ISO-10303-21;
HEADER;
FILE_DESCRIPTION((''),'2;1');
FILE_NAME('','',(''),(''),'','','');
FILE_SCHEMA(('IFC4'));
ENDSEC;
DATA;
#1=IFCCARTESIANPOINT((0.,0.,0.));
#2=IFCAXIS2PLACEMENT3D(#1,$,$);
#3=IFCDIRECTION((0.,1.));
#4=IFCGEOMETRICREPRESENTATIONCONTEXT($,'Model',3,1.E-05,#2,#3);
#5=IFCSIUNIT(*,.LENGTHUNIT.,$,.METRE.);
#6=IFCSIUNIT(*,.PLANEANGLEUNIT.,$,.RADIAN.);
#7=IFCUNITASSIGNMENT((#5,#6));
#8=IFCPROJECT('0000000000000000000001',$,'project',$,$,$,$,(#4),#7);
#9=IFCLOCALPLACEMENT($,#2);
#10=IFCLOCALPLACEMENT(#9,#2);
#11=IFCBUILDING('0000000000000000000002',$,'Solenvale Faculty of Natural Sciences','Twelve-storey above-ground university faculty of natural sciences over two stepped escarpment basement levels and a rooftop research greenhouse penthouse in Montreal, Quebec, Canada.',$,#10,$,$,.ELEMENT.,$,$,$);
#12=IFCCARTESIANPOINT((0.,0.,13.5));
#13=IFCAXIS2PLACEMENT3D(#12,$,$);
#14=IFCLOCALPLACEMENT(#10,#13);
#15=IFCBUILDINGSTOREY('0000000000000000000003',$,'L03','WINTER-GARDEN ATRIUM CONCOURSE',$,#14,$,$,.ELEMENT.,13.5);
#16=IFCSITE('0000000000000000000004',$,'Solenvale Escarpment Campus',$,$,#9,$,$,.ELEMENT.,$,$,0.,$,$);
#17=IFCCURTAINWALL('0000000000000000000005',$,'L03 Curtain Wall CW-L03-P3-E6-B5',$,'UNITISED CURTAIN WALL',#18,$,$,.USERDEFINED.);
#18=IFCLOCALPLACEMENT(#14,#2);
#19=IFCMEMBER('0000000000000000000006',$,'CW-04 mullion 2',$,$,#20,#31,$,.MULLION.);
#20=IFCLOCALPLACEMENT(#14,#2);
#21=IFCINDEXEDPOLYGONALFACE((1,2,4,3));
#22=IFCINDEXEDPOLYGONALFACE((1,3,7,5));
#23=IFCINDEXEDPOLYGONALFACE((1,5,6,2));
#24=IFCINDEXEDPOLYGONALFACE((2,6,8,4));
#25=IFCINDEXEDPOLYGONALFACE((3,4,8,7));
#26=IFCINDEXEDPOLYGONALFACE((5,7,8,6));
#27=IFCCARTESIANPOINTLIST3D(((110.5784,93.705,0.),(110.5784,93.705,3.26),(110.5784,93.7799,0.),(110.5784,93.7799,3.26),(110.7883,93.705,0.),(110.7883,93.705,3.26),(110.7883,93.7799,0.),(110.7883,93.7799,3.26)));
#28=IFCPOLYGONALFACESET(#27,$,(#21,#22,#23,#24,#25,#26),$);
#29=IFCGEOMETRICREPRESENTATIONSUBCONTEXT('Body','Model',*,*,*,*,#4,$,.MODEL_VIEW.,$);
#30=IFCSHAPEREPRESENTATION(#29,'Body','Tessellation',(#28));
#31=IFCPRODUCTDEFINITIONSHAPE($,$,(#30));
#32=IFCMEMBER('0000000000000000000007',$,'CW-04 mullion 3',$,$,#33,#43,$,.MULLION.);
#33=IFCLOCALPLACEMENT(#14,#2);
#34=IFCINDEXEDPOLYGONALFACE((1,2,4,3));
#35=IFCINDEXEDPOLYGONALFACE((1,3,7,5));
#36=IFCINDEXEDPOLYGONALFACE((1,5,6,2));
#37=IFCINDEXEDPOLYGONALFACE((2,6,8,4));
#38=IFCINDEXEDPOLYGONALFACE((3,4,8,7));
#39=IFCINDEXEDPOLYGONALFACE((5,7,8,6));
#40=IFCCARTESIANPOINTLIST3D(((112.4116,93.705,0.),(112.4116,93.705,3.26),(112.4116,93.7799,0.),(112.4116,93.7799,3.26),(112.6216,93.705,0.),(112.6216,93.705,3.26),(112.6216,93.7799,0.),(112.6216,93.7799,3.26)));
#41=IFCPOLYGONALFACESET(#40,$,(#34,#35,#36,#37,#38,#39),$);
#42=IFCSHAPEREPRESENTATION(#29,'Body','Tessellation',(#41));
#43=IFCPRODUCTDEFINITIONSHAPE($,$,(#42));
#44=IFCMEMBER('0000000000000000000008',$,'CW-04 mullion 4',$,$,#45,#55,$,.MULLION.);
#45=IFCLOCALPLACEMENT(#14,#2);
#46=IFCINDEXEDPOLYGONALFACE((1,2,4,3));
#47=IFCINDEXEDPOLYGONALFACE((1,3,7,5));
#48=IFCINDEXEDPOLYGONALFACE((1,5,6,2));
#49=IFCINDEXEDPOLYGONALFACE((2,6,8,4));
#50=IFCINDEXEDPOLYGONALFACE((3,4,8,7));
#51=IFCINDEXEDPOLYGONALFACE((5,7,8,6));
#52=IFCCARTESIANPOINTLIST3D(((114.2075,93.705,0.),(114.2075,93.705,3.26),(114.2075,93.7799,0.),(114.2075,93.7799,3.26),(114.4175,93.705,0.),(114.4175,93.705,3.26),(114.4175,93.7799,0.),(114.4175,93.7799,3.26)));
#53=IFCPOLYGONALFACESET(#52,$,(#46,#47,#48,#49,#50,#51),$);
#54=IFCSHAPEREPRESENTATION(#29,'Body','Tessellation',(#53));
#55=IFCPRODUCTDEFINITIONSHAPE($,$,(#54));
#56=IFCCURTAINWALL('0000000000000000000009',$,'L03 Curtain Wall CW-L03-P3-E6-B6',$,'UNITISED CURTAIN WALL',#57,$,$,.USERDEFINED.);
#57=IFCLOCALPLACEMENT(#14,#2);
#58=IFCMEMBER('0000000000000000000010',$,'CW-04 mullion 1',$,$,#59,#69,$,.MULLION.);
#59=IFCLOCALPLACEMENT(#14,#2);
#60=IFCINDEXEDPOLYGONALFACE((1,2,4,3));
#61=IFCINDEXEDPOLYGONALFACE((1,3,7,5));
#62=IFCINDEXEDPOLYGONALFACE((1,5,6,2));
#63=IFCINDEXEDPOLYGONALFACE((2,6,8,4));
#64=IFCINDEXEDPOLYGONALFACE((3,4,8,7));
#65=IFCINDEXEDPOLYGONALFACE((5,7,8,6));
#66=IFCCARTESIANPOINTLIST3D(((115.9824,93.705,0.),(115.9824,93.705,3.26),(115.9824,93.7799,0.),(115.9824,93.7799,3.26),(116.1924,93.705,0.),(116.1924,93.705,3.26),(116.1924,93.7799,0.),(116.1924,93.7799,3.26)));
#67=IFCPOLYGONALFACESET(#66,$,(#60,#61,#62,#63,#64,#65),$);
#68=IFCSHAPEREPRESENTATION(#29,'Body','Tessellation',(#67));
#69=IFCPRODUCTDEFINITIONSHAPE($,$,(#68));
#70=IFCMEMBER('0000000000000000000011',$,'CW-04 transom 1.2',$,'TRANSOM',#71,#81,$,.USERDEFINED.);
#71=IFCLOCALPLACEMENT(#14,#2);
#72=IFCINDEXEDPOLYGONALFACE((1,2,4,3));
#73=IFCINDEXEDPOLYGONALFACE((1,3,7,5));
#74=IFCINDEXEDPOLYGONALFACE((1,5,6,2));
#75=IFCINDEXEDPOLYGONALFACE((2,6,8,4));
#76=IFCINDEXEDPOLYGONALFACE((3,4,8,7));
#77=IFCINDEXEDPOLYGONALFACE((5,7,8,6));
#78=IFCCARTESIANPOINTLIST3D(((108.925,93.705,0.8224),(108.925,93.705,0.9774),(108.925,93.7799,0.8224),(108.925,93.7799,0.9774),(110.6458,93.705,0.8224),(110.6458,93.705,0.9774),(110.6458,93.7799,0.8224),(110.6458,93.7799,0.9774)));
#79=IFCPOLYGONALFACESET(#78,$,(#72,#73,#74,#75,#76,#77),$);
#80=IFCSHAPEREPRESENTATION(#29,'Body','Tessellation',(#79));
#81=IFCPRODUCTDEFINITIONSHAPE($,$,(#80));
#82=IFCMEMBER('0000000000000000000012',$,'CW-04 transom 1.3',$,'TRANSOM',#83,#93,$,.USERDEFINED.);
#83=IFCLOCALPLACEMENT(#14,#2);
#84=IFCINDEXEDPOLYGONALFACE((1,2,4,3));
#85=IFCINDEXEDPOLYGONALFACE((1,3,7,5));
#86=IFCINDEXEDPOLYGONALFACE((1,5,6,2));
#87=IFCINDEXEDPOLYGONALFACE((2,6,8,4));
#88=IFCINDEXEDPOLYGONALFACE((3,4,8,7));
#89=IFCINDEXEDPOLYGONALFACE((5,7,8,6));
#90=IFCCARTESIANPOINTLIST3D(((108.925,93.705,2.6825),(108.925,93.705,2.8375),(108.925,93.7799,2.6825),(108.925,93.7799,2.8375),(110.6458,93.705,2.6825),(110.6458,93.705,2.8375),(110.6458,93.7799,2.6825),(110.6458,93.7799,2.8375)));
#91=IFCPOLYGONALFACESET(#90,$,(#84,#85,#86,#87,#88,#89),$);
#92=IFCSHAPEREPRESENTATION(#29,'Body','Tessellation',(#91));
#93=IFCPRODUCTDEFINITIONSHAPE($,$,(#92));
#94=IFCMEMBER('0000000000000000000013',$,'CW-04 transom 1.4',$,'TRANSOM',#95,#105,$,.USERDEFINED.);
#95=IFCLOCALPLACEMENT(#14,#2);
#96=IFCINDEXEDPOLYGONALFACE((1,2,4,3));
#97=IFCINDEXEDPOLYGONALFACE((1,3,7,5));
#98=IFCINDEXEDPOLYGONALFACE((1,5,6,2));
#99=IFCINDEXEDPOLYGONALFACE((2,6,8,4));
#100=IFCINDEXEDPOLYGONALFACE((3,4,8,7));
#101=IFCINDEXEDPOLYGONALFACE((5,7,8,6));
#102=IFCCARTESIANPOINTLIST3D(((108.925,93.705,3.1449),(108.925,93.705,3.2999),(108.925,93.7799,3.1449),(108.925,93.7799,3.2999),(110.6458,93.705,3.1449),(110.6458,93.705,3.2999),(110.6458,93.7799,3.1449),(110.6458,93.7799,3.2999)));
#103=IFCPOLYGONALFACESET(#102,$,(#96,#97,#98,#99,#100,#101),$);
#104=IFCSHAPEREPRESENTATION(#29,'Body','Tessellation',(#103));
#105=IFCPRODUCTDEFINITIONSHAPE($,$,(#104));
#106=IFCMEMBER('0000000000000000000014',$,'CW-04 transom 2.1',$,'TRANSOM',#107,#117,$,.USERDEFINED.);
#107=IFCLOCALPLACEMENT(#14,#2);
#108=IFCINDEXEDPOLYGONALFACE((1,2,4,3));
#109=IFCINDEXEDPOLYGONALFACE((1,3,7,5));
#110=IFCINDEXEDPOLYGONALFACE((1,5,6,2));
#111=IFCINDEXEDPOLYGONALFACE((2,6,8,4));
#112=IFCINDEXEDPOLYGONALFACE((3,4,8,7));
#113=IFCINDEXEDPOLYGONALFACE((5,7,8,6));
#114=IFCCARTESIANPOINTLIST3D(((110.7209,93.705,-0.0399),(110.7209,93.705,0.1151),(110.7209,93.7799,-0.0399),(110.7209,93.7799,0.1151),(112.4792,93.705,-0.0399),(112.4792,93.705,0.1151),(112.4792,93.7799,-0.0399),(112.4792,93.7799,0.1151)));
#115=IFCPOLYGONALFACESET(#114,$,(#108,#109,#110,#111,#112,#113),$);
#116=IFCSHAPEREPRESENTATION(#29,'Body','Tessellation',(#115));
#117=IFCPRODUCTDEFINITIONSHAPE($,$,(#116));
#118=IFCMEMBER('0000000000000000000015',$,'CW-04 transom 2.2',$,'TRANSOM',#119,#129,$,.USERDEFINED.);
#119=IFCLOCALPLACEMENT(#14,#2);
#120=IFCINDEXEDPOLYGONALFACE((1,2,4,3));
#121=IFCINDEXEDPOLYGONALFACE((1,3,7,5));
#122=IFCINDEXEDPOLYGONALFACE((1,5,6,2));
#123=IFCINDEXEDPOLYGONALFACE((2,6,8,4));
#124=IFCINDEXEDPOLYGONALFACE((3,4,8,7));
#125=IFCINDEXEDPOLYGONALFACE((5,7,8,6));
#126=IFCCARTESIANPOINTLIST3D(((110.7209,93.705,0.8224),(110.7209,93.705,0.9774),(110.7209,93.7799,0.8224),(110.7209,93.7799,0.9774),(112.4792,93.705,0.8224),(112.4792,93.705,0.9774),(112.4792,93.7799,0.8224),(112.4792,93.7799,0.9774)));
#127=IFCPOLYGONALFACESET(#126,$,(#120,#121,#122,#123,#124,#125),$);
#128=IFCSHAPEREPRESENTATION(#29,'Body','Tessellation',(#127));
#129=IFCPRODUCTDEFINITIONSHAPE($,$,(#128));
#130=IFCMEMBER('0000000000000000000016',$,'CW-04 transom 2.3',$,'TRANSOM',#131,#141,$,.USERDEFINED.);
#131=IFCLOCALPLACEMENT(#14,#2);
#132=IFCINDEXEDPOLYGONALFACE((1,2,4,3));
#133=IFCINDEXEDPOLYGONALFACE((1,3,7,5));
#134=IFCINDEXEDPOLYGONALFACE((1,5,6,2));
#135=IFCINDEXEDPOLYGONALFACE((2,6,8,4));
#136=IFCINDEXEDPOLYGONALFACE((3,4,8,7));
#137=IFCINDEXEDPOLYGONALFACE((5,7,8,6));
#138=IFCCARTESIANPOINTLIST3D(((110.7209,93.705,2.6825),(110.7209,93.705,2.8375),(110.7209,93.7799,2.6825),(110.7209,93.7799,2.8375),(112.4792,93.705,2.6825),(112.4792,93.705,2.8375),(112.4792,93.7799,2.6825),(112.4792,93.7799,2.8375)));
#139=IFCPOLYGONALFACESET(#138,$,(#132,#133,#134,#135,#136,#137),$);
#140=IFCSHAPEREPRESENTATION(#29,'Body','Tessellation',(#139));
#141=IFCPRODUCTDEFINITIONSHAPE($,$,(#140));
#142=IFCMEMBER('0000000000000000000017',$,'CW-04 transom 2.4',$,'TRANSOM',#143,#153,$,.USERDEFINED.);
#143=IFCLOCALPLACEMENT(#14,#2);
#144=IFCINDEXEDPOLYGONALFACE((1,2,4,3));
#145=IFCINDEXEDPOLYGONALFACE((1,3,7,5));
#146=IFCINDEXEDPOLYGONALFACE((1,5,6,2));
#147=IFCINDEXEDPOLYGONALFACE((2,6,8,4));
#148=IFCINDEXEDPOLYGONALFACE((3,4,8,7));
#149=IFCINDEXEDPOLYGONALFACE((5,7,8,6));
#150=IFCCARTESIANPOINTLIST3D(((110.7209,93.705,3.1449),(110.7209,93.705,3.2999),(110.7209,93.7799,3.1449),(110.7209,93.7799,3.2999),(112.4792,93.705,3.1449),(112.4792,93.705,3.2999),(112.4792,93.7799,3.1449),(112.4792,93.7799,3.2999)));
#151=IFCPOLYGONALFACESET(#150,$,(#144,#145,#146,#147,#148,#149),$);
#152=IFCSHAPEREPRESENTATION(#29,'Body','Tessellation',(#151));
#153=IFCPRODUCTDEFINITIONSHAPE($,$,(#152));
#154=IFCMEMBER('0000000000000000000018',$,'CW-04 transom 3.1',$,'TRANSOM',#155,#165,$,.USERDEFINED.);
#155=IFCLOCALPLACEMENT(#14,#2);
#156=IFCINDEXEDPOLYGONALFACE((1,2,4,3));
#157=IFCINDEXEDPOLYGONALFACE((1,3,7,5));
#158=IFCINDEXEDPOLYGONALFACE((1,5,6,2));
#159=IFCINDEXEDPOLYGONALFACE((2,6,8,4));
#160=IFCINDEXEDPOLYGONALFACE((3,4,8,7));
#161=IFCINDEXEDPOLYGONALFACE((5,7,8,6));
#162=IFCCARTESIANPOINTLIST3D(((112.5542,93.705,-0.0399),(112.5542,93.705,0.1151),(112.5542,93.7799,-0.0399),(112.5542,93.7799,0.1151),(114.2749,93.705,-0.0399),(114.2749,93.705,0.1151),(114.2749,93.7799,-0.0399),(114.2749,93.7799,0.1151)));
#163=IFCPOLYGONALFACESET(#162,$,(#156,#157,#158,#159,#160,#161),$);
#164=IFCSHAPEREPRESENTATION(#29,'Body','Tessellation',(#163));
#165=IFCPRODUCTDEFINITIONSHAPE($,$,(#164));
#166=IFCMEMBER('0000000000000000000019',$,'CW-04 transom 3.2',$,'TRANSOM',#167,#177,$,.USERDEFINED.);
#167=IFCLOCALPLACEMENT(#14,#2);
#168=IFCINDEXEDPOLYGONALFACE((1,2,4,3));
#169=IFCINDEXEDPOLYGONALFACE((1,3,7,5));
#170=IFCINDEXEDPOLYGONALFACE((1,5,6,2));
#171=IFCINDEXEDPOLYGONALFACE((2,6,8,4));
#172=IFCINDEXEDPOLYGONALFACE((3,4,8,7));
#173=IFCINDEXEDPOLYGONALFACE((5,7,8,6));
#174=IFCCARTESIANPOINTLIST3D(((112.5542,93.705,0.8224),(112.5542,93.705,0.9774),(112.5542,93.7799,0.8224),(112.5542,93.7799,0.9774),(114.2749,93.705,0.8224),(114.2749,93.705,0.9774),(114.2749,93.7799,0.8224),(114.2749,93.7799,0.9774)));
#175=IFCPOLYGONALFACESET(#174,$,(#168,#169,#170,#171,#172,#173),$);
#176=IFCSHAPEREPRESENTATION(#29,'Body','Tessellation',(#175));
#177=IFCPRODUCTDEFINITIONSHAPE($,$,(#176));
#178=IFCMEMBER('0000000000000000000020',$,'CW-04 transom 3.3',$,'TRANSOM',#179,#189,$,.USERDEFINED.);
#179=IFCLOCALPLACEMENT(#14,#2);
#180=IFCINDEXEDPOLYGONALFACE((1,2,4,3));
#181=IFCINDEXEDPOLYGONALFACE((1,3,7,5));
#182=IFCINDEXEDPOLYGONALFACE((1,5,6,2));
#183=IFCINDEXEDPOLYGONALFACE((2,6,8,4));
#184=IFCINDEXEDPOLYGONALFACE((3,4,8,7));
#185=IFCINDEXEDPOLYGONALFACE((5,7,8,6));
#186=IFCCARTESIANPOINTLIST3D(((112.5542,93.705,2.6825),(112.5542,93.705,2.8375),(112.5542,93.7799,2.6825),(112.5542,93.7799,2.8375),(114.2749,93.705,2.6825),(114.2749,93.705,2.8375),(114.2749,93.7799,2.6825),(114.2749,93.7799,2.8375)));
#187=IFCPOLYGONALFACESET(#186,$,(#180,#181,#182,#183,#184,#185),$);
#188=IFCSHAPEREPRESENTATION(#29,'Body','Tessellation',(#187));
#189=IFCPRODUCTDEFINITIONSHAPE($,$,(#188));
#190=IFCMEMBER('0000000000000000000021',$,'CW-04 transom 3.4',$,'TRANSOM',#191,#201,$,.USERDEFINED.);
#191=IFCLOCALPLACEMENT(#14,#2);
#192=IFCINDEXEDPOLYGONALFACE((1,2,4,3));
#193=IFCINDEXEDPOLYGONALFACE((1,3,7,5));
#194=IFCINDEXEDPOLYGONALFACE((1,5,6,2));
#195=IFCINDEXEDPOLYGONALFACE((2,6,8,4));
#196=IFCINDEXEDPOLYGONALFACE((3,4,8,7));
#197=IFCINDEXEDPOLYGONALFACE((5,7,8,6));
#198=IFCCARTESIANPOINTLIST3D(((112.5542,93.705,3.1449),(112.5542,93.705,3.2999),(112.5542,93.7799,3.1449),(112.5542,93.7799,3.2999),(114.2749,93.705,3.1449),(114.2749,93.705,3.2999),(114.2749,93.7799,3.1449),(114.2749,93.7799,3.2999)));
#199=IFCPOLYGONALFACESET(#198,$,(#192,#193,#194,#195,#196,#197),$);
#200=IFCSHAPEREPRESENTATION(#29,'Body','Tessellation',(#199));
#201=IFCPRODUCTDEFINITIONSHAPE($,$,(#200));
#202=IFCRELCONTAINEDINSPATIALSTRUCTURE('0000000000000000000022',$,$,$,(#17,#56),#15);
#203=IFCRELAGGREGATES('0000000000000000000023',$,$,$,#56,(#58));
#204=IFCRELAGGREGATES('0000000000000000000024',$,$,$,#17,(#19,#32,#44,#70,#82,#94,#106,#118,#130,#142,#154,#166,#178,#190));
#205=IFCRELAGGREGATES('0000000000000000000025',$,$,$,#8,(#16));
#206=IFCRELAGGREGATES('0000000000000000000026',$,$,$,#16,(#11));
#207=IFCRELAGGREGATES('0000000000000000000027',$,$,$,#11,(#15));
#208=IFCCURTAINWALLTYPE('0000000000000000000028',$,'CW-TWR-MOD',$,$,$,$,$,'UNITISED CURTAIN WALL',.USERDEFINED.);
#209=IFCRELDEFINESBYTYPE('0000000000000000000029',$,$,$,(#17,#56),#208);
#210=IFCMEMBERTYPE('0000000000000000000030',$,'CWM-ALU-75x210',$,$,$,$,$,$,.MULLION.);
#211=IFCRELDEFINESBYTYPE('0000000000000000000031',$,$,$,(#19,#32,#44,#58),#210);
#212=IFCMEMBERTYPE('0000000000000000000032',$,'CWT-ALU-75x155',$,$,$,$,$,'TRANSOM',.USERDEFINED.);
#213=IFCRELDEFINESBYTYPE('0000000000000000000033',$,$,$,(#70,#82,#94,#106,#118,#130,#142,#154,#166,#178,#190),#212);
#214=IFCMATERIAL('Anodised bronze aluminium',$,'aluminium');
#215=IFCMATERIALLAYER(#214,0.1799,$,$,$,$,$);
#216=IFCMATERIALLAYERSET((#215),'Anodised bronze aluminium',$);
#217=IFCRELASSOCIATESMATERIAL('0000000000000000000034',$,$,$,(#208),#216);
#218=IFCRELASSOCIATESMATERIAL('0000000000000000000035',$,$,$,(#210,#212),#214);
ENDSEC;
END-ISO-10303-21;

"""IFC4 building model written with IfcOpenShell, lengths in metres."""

from ifc_helpers import new_model, si_unit, direction, frame, origin, origin_2d, place, context, subcontext, project, spatial, rectangle, extrude, material, layer, layer_set, material_profile, profile_set, type_object, element, aggregate, save


model = new_model("IFC4")

# Units and contexts
model_context = context("Model", 3, precision=1e-05, world=origin(), true_north=direction((0.0, 1.0)))
body_context = subcontext(model_context, "Body", "Model", "MODEL_VIEW")
ifc_project = project(units=[si_unit("LENGTHUNIT", "METRE"), si_unit("PLANEANGLEUNIT", "RADIAN")], contexts=[model_context])

# Site, building, storey
site_placement = place(None, origin())
site = spatial("IfcSite", under=ifc_project, at=site_placement, Name="Solenvale Escarpment Campus", CompositionType="ELEMENT", RefElevation=0.0)
building_placement = place(site_placement, origin())
building = spatial("IfcBuilding", under=site, at=building_placement, Name="Solenvale Faculty of Natural Sciences", Description="Twelve-storey above-ground university faculty of natural sciences over two stepped escarpment basement levels and a rooftop research greenhouse penthouse in Montreal, Quebec, Canada.", CompositionType="ELEMENT")
storey_placement = place(building_placement, frame((0.0, 0.0, 13.5)))
storey = spatial("IfcBuildingStorey", under=building, at=storey_placement, Name="L03", Description="WINTER-GARDEN ATRIUM CONCOURSE", CompositionType="ELEMENT", Elevation=13.5)

# Curtain wall, members
ifc_material_1 = material(Name="Anodised bronze aluminium", Category="aluminium")
ifc_layer_1 = layer(ifc_material_1, 0.1799)
ifc_layer_set_1 = layer_set([ifc_layer_1], Name="Anodised bronze aluminium")
curtain_wall_type = type_object("IfcCurtainWallType", Name="CW-TWR-MOD", ElementType="UNITISED CURTAIN WALL", PredefinedType="USERDEFINED", material=ifc_layer_set_1)
curtain_wall_1_placement = place(storey_placement, origin())
curtain_wall_1 = element("IfcCurtainWall", 1, at=curtain_wall_1_placement, inside=storey, type_object=curtain_wall_type, Name="L03 Curtain Wall CW-L03-P3-E6-B5", ObjectType="UNITISED CURTAIN WALL", PredefinedType="USERDEFINED")
ifc_material_profile_1 = material_profile(ifc_material_1, rectangle(XDim=0.075, YDim=0.21, at=origin_2d()), Name="ALU-MUL-75x210")
ifc_profile_set_1 = profile_set([ifc_material_profile_1], Name="Anodised bronze aluminium")
member_type_1 = type_object("IfcMemberType", Name="CWM-ALU-75x210", PredefinedType="MULLION", material=ifc_profile_set_1)
member_1_placement = place(storey_placement, frame((110.6833, 93.7424, 0.0), z_axis=(0.0, 0.0, 1.0), x_axis=(0.0, 1.0, 0.0)))
member_1 = element("IfcMember", 2, at=member_1_placement, type_object=member_type_1, Name="CW-04 mullion 2", PredefinedType="MULLION", context=body_context, shape_type="SweptSolid", body=[
    extrude(rectangle(XDim=0.075, YDim=0.21, at=origin_2d()), origin(), (0.0, 0.0, 1.0), 3.26),
])
member_2_placement = place(storey_placement, frame((112.5166, 93.7424, 0.0), z_axis=(0.0, 0.0, 1.0), x_axis=(0.0, 1.0, 0.0)))
member_2 = element("IfcMember", 3, at=member_2_placement, type_object=member_type_1, Name="CW-04 mullion 3", PredefinedType="MULLION", context=body_context, shape_type="SweptSolid", body=[
    extrude(rectangle(XDim=0.075, YDim=0.21, at=origin_2d()), origin(), (0.0, 0.0, 1.0), 3.26),
])
member_3_placement = place(storey_placement, frame((114.3125, 93.7424, 0.0), z_axis=(0.0, 0.0, 1.0), x_axis=(0.0, 1.0, 0.0)))
member_3 = element("IfcMember", 4, at=member_3_placement, type_object=member_type_1, Name="CW-04 mullion 4", PredefinedType="MULLION", context=body_context, shape_type="SweptSolid", body=[
    extrude(rectangle(XDim=0.075, YDim=0.21, at=origin_2d()), origin(), (0.0, 0.0, 1.0), 3.26),
])

# Curtain wall, member
curtain_wall_2_placement = place(storey_placement, origin())
curtain_wall_2 = element("IfcCurtainWall", 5, at=curtain_wall_2_placement, inside=storey, type_object=curtain_wall_type, Name="L03 Curtain Wall CW-L03-P3-E6-B6", ObjectType="UNITISED CURTAIN WALL", PredefinedType="USERDEFINED")
member_4_placement = place(storey_placement, frame((116.0874, 93.7424, 0.0), z_axis=(0.0, 0.0, 1.0), x_axis=(0.0, 1.0, 0.0)))
member_4 = element("IfcMember", 6, at=member_4_placement, type_object=member_type_1, Name="CW-04 mullion 1", PredefinedType="MULLION", context=body_context, shape_type="SweptSolid", body=[
    extrude(rectangle(XDim=0.075, YDim=0.21, at=origin_2d()), origin(), (0.0, 0.0, 1.0), 3.26),
])
aggregate(curtain_wall_2, [member_4])

# Members
ifc_material_profile_2 = material_profile(ifc_material_1, rectangle(XDim=0.075, YDim=0.155, at=origin_2d()), Name="ALU-TRN-75x155")
ifc_profile_set_2 = profile_set([ifc_material_profile_2], Name="Anodised bronze aluminium")
member_type_2 = type_object("IfcMemberType", Name="CWT-ALU-75x155", ElementType="TRANSOM", PredefinedType="USERDEFINED", material=ifc_profile_set_2)
member_5_placement = place(storey_placement, frame((108.925, 93.7424, 0.8999), z_axis=(1.0, 0.0, 0.0), x_axis=(0.0, 1.0, 0.0)))
member_5 = element("IfcMember", 7, at=member_5_placement, type_object=member_type_2, Name="CW-04 transom 1.2", ObjectType="TRANSOM", PredefinedType="USERDEFINED", context=body_context, shape_type="SweptSolid", body=[
    extrude(rectangle(XDim=0.075, YDim=0.155, at=origin_2d()), origin(), (0.0, 0.0, 1.0), 1.7207),
])
member_6_placement = place(storey_placement, frame((108.925, 93.7424, 2.76), z_axis=(1.0, 0.0, 0.0), x_axis=(0.0, 1.0, 0.0)))
member_6 = element("IfcMember", 8, at=member_6_placement, type_object=member_type_2, Name="CW-04 transom 1.3", ObjectType="TRANSOM", PredefinedType="USERDEFINED", context=body_context, shape_type="SweptSolid", body=[
    extrude(rectangle(XDim=0.075, YDim=0.155, at=origin_2d()), origin(), (0.0, 0.0, 1.0), 1.7207),
])
member_7_placement = place(storey_placement, frame((108.925, 93.7424, 3.2224), z_axis=(1.0, 0.0, 0.0), x_axis=(0.0, 1.0, 0.0)))
member_7 = element("IfcMember", 9, at=member_7_placement, type_object=member_type_2, Name="CW-04 transom 1.4", ObjectType="TRANSOM", PredefinedType="USERDEFINED", context=body_context, shape_type="SweptSolid", body=[
    extrude(rectangle(XDim=0.075, YDim=0.155, at=origin_2d()), origin(), (0.0, 0.0, 1.0), 1.7207),
])
member_8_placement = place(storey_placement, frame((110.7209, 93.7424, 0.0376), z_axis=(1.0, 0.0, 0.0), x_axis=(0.0, 1.0, 0.0)))
member_8 = element("IfcMember", 10, at=member_8_placement, type_object=member_type_2, Name="CW-04 transom 2.1", ObjectType="TRANSOM", PredefinedType="USERDEFINED", context=body_context, shape_type="SweptSolid", body=[
    extrude(rectangle(XDim=0.075, YDim=0.155, at=origin_2d()), origin(), (0.0, 0.0, 1.0), 1.7583),
])
member_9_placement = place(storey_placement, frame((110.7209, 93.7424, 0.8999), z_axis=(1.0, 0.0, 0.0), x_axis=(0.0, 1.0, 0.0)))
member_9 = element("IfcMember", 11, at=member_9_placement, type_object=member_type_2, Name="CW-04 transom 2.2", ObjectType="TRANSOM", PredefinedType="USERDEFINED", context=body_context, shape_type="SweptSolid", body=[
    extrude(rectangle(XDim=0.075, YDim=0.155, at=origin_2d()), origin(), (0.0, 0.0, 1.0), 1.7583),
])
member_10_placement = place(storey_placement, frame((110.7209, 93.7424, 2.76), z_axis=(1.0, 0.0, 0.0), x_axis=(0.0, 1.0, 0.0)))
member_10 = element("IfcMember", 12, at=member_10_placement, type_object=member_type_2, Name="CW-04 transom 2.3", ObjectType="TRANSOM", PredefinedType="USERDEFINED", context=body_context, shape_type="SweptSolid", body=[
    extrude(rectangle(XDim=0.075, YDim=0.155, at=origin_2d()), origin(), (0.0, 0.0, 1.0), 1.7583),
])
member_11_placement = place(storey_placement, frame((110.7209, 93.7424, 3.2224), z_axis=(1.0, 0.0, 0.0), x_axis=(0.0, 1.0, 0.0)))
member_11 = element("IfcMember", 13, at=member_11_placement, type_object=member_type_2, Name="CW-04 transom 2.4", ObjectType="TRANSOM", PredefinedType="USERDEFINED", context=body_context, shape_type="SweptSolid", body=[
    extrude(rectangle(XDim=0.075, YDim=0.155, at=origin_2d()), origin(), (0.0, 0.0, 1.0), 1.7583),
])
member_12_placement = place(storey_placement, frame((112.5542, 93.7424, 0.0376), z_axis=(1.0, 0.0, 0.0), x_axis=(0.0, 1.0, 0.0)))
member_12 = element("IfcMember", 14, at=member_12_placement, type_object=member_type_2, Name="CW-04 transom 3.1", ObjectType="TRANSOM", PredefinedType="USERDEFINED", context=body_context, shape_type="SweptSolid", body=[
    extrude(rectangle(XDim=0.075, YDim=0.155, at=origin_2d()), origin(), (0.0, 0.0, 1.0), 1.7207),
])
member_13_placement = place(storey_placement, frame((112.5542, 93.7424, 0.8999), z_axis=(1.0, 0.0, 0.0), x_axis=(0.0, 1.0, 0.0)))
member_13 = element("IfcMember", 15, at=member_13_placement, type_object=member_type_2, Name="CW-04 transom 3.2", ObjectType="TRANSOM", PredefinedType="USERDEFINED", context=body_context, shape_type="SweptSolid", body=[
    extrude(rectangle(XDim=0.075, YDim=0.155, at=origin_2d()), origin(), (0.0, 0.0, 1.0), 1.7207),
])
member_14_placement = place(storey_placement, frame((112.5542, 93.7424, 2.76), z_axis=(1.0, 0.0, 0.0), x_axis=(0.0, 1.0, 0.0)))
member_14 = element("IfcMember", 16, at=member_14_placement, type_object=member_type_2, Name="CW-04 transom 3.3", ObjectType="TRANSOM", PredefinedType="USERDEFINED", context=body_context, shape_type="SweptSolid", body=[
    extrude(rectangle(XDim=0.075, YDim=0.155, at=origin_2d()), origin(), (0.0, 0.0, 1.0), 1.7207),
])
member_15_placement = place(storey_placement, frame((112.5542, 93.7424, 3.2224), z_axis=(1.0, 0.0, 0.0), x_axis=(0.0, 1.0, 0.0)))
member_15 = element("IfcMember", 17, at=member_15_placement, type_object=member_type_2, Name="CW-04 transom 3.4", ObjectType="TRANSOM", PredefinedType="USERDEFINED", context=body_context, shape_type="SweptSolid", body=[
    extrude(rectangle(XDim=0.075, YDim=0.155, at=origin_2d()), origin(), (0.0, 0.0, 1.0), 1.7207),
])

aggregate(curtain_wall_1, [member_1, member_2, member_3, member_5, member_6, member_7, member_8, member_9, member_10, member_11, member_12, member_13, member_14, member_15])

save(model, "model.ifc")
